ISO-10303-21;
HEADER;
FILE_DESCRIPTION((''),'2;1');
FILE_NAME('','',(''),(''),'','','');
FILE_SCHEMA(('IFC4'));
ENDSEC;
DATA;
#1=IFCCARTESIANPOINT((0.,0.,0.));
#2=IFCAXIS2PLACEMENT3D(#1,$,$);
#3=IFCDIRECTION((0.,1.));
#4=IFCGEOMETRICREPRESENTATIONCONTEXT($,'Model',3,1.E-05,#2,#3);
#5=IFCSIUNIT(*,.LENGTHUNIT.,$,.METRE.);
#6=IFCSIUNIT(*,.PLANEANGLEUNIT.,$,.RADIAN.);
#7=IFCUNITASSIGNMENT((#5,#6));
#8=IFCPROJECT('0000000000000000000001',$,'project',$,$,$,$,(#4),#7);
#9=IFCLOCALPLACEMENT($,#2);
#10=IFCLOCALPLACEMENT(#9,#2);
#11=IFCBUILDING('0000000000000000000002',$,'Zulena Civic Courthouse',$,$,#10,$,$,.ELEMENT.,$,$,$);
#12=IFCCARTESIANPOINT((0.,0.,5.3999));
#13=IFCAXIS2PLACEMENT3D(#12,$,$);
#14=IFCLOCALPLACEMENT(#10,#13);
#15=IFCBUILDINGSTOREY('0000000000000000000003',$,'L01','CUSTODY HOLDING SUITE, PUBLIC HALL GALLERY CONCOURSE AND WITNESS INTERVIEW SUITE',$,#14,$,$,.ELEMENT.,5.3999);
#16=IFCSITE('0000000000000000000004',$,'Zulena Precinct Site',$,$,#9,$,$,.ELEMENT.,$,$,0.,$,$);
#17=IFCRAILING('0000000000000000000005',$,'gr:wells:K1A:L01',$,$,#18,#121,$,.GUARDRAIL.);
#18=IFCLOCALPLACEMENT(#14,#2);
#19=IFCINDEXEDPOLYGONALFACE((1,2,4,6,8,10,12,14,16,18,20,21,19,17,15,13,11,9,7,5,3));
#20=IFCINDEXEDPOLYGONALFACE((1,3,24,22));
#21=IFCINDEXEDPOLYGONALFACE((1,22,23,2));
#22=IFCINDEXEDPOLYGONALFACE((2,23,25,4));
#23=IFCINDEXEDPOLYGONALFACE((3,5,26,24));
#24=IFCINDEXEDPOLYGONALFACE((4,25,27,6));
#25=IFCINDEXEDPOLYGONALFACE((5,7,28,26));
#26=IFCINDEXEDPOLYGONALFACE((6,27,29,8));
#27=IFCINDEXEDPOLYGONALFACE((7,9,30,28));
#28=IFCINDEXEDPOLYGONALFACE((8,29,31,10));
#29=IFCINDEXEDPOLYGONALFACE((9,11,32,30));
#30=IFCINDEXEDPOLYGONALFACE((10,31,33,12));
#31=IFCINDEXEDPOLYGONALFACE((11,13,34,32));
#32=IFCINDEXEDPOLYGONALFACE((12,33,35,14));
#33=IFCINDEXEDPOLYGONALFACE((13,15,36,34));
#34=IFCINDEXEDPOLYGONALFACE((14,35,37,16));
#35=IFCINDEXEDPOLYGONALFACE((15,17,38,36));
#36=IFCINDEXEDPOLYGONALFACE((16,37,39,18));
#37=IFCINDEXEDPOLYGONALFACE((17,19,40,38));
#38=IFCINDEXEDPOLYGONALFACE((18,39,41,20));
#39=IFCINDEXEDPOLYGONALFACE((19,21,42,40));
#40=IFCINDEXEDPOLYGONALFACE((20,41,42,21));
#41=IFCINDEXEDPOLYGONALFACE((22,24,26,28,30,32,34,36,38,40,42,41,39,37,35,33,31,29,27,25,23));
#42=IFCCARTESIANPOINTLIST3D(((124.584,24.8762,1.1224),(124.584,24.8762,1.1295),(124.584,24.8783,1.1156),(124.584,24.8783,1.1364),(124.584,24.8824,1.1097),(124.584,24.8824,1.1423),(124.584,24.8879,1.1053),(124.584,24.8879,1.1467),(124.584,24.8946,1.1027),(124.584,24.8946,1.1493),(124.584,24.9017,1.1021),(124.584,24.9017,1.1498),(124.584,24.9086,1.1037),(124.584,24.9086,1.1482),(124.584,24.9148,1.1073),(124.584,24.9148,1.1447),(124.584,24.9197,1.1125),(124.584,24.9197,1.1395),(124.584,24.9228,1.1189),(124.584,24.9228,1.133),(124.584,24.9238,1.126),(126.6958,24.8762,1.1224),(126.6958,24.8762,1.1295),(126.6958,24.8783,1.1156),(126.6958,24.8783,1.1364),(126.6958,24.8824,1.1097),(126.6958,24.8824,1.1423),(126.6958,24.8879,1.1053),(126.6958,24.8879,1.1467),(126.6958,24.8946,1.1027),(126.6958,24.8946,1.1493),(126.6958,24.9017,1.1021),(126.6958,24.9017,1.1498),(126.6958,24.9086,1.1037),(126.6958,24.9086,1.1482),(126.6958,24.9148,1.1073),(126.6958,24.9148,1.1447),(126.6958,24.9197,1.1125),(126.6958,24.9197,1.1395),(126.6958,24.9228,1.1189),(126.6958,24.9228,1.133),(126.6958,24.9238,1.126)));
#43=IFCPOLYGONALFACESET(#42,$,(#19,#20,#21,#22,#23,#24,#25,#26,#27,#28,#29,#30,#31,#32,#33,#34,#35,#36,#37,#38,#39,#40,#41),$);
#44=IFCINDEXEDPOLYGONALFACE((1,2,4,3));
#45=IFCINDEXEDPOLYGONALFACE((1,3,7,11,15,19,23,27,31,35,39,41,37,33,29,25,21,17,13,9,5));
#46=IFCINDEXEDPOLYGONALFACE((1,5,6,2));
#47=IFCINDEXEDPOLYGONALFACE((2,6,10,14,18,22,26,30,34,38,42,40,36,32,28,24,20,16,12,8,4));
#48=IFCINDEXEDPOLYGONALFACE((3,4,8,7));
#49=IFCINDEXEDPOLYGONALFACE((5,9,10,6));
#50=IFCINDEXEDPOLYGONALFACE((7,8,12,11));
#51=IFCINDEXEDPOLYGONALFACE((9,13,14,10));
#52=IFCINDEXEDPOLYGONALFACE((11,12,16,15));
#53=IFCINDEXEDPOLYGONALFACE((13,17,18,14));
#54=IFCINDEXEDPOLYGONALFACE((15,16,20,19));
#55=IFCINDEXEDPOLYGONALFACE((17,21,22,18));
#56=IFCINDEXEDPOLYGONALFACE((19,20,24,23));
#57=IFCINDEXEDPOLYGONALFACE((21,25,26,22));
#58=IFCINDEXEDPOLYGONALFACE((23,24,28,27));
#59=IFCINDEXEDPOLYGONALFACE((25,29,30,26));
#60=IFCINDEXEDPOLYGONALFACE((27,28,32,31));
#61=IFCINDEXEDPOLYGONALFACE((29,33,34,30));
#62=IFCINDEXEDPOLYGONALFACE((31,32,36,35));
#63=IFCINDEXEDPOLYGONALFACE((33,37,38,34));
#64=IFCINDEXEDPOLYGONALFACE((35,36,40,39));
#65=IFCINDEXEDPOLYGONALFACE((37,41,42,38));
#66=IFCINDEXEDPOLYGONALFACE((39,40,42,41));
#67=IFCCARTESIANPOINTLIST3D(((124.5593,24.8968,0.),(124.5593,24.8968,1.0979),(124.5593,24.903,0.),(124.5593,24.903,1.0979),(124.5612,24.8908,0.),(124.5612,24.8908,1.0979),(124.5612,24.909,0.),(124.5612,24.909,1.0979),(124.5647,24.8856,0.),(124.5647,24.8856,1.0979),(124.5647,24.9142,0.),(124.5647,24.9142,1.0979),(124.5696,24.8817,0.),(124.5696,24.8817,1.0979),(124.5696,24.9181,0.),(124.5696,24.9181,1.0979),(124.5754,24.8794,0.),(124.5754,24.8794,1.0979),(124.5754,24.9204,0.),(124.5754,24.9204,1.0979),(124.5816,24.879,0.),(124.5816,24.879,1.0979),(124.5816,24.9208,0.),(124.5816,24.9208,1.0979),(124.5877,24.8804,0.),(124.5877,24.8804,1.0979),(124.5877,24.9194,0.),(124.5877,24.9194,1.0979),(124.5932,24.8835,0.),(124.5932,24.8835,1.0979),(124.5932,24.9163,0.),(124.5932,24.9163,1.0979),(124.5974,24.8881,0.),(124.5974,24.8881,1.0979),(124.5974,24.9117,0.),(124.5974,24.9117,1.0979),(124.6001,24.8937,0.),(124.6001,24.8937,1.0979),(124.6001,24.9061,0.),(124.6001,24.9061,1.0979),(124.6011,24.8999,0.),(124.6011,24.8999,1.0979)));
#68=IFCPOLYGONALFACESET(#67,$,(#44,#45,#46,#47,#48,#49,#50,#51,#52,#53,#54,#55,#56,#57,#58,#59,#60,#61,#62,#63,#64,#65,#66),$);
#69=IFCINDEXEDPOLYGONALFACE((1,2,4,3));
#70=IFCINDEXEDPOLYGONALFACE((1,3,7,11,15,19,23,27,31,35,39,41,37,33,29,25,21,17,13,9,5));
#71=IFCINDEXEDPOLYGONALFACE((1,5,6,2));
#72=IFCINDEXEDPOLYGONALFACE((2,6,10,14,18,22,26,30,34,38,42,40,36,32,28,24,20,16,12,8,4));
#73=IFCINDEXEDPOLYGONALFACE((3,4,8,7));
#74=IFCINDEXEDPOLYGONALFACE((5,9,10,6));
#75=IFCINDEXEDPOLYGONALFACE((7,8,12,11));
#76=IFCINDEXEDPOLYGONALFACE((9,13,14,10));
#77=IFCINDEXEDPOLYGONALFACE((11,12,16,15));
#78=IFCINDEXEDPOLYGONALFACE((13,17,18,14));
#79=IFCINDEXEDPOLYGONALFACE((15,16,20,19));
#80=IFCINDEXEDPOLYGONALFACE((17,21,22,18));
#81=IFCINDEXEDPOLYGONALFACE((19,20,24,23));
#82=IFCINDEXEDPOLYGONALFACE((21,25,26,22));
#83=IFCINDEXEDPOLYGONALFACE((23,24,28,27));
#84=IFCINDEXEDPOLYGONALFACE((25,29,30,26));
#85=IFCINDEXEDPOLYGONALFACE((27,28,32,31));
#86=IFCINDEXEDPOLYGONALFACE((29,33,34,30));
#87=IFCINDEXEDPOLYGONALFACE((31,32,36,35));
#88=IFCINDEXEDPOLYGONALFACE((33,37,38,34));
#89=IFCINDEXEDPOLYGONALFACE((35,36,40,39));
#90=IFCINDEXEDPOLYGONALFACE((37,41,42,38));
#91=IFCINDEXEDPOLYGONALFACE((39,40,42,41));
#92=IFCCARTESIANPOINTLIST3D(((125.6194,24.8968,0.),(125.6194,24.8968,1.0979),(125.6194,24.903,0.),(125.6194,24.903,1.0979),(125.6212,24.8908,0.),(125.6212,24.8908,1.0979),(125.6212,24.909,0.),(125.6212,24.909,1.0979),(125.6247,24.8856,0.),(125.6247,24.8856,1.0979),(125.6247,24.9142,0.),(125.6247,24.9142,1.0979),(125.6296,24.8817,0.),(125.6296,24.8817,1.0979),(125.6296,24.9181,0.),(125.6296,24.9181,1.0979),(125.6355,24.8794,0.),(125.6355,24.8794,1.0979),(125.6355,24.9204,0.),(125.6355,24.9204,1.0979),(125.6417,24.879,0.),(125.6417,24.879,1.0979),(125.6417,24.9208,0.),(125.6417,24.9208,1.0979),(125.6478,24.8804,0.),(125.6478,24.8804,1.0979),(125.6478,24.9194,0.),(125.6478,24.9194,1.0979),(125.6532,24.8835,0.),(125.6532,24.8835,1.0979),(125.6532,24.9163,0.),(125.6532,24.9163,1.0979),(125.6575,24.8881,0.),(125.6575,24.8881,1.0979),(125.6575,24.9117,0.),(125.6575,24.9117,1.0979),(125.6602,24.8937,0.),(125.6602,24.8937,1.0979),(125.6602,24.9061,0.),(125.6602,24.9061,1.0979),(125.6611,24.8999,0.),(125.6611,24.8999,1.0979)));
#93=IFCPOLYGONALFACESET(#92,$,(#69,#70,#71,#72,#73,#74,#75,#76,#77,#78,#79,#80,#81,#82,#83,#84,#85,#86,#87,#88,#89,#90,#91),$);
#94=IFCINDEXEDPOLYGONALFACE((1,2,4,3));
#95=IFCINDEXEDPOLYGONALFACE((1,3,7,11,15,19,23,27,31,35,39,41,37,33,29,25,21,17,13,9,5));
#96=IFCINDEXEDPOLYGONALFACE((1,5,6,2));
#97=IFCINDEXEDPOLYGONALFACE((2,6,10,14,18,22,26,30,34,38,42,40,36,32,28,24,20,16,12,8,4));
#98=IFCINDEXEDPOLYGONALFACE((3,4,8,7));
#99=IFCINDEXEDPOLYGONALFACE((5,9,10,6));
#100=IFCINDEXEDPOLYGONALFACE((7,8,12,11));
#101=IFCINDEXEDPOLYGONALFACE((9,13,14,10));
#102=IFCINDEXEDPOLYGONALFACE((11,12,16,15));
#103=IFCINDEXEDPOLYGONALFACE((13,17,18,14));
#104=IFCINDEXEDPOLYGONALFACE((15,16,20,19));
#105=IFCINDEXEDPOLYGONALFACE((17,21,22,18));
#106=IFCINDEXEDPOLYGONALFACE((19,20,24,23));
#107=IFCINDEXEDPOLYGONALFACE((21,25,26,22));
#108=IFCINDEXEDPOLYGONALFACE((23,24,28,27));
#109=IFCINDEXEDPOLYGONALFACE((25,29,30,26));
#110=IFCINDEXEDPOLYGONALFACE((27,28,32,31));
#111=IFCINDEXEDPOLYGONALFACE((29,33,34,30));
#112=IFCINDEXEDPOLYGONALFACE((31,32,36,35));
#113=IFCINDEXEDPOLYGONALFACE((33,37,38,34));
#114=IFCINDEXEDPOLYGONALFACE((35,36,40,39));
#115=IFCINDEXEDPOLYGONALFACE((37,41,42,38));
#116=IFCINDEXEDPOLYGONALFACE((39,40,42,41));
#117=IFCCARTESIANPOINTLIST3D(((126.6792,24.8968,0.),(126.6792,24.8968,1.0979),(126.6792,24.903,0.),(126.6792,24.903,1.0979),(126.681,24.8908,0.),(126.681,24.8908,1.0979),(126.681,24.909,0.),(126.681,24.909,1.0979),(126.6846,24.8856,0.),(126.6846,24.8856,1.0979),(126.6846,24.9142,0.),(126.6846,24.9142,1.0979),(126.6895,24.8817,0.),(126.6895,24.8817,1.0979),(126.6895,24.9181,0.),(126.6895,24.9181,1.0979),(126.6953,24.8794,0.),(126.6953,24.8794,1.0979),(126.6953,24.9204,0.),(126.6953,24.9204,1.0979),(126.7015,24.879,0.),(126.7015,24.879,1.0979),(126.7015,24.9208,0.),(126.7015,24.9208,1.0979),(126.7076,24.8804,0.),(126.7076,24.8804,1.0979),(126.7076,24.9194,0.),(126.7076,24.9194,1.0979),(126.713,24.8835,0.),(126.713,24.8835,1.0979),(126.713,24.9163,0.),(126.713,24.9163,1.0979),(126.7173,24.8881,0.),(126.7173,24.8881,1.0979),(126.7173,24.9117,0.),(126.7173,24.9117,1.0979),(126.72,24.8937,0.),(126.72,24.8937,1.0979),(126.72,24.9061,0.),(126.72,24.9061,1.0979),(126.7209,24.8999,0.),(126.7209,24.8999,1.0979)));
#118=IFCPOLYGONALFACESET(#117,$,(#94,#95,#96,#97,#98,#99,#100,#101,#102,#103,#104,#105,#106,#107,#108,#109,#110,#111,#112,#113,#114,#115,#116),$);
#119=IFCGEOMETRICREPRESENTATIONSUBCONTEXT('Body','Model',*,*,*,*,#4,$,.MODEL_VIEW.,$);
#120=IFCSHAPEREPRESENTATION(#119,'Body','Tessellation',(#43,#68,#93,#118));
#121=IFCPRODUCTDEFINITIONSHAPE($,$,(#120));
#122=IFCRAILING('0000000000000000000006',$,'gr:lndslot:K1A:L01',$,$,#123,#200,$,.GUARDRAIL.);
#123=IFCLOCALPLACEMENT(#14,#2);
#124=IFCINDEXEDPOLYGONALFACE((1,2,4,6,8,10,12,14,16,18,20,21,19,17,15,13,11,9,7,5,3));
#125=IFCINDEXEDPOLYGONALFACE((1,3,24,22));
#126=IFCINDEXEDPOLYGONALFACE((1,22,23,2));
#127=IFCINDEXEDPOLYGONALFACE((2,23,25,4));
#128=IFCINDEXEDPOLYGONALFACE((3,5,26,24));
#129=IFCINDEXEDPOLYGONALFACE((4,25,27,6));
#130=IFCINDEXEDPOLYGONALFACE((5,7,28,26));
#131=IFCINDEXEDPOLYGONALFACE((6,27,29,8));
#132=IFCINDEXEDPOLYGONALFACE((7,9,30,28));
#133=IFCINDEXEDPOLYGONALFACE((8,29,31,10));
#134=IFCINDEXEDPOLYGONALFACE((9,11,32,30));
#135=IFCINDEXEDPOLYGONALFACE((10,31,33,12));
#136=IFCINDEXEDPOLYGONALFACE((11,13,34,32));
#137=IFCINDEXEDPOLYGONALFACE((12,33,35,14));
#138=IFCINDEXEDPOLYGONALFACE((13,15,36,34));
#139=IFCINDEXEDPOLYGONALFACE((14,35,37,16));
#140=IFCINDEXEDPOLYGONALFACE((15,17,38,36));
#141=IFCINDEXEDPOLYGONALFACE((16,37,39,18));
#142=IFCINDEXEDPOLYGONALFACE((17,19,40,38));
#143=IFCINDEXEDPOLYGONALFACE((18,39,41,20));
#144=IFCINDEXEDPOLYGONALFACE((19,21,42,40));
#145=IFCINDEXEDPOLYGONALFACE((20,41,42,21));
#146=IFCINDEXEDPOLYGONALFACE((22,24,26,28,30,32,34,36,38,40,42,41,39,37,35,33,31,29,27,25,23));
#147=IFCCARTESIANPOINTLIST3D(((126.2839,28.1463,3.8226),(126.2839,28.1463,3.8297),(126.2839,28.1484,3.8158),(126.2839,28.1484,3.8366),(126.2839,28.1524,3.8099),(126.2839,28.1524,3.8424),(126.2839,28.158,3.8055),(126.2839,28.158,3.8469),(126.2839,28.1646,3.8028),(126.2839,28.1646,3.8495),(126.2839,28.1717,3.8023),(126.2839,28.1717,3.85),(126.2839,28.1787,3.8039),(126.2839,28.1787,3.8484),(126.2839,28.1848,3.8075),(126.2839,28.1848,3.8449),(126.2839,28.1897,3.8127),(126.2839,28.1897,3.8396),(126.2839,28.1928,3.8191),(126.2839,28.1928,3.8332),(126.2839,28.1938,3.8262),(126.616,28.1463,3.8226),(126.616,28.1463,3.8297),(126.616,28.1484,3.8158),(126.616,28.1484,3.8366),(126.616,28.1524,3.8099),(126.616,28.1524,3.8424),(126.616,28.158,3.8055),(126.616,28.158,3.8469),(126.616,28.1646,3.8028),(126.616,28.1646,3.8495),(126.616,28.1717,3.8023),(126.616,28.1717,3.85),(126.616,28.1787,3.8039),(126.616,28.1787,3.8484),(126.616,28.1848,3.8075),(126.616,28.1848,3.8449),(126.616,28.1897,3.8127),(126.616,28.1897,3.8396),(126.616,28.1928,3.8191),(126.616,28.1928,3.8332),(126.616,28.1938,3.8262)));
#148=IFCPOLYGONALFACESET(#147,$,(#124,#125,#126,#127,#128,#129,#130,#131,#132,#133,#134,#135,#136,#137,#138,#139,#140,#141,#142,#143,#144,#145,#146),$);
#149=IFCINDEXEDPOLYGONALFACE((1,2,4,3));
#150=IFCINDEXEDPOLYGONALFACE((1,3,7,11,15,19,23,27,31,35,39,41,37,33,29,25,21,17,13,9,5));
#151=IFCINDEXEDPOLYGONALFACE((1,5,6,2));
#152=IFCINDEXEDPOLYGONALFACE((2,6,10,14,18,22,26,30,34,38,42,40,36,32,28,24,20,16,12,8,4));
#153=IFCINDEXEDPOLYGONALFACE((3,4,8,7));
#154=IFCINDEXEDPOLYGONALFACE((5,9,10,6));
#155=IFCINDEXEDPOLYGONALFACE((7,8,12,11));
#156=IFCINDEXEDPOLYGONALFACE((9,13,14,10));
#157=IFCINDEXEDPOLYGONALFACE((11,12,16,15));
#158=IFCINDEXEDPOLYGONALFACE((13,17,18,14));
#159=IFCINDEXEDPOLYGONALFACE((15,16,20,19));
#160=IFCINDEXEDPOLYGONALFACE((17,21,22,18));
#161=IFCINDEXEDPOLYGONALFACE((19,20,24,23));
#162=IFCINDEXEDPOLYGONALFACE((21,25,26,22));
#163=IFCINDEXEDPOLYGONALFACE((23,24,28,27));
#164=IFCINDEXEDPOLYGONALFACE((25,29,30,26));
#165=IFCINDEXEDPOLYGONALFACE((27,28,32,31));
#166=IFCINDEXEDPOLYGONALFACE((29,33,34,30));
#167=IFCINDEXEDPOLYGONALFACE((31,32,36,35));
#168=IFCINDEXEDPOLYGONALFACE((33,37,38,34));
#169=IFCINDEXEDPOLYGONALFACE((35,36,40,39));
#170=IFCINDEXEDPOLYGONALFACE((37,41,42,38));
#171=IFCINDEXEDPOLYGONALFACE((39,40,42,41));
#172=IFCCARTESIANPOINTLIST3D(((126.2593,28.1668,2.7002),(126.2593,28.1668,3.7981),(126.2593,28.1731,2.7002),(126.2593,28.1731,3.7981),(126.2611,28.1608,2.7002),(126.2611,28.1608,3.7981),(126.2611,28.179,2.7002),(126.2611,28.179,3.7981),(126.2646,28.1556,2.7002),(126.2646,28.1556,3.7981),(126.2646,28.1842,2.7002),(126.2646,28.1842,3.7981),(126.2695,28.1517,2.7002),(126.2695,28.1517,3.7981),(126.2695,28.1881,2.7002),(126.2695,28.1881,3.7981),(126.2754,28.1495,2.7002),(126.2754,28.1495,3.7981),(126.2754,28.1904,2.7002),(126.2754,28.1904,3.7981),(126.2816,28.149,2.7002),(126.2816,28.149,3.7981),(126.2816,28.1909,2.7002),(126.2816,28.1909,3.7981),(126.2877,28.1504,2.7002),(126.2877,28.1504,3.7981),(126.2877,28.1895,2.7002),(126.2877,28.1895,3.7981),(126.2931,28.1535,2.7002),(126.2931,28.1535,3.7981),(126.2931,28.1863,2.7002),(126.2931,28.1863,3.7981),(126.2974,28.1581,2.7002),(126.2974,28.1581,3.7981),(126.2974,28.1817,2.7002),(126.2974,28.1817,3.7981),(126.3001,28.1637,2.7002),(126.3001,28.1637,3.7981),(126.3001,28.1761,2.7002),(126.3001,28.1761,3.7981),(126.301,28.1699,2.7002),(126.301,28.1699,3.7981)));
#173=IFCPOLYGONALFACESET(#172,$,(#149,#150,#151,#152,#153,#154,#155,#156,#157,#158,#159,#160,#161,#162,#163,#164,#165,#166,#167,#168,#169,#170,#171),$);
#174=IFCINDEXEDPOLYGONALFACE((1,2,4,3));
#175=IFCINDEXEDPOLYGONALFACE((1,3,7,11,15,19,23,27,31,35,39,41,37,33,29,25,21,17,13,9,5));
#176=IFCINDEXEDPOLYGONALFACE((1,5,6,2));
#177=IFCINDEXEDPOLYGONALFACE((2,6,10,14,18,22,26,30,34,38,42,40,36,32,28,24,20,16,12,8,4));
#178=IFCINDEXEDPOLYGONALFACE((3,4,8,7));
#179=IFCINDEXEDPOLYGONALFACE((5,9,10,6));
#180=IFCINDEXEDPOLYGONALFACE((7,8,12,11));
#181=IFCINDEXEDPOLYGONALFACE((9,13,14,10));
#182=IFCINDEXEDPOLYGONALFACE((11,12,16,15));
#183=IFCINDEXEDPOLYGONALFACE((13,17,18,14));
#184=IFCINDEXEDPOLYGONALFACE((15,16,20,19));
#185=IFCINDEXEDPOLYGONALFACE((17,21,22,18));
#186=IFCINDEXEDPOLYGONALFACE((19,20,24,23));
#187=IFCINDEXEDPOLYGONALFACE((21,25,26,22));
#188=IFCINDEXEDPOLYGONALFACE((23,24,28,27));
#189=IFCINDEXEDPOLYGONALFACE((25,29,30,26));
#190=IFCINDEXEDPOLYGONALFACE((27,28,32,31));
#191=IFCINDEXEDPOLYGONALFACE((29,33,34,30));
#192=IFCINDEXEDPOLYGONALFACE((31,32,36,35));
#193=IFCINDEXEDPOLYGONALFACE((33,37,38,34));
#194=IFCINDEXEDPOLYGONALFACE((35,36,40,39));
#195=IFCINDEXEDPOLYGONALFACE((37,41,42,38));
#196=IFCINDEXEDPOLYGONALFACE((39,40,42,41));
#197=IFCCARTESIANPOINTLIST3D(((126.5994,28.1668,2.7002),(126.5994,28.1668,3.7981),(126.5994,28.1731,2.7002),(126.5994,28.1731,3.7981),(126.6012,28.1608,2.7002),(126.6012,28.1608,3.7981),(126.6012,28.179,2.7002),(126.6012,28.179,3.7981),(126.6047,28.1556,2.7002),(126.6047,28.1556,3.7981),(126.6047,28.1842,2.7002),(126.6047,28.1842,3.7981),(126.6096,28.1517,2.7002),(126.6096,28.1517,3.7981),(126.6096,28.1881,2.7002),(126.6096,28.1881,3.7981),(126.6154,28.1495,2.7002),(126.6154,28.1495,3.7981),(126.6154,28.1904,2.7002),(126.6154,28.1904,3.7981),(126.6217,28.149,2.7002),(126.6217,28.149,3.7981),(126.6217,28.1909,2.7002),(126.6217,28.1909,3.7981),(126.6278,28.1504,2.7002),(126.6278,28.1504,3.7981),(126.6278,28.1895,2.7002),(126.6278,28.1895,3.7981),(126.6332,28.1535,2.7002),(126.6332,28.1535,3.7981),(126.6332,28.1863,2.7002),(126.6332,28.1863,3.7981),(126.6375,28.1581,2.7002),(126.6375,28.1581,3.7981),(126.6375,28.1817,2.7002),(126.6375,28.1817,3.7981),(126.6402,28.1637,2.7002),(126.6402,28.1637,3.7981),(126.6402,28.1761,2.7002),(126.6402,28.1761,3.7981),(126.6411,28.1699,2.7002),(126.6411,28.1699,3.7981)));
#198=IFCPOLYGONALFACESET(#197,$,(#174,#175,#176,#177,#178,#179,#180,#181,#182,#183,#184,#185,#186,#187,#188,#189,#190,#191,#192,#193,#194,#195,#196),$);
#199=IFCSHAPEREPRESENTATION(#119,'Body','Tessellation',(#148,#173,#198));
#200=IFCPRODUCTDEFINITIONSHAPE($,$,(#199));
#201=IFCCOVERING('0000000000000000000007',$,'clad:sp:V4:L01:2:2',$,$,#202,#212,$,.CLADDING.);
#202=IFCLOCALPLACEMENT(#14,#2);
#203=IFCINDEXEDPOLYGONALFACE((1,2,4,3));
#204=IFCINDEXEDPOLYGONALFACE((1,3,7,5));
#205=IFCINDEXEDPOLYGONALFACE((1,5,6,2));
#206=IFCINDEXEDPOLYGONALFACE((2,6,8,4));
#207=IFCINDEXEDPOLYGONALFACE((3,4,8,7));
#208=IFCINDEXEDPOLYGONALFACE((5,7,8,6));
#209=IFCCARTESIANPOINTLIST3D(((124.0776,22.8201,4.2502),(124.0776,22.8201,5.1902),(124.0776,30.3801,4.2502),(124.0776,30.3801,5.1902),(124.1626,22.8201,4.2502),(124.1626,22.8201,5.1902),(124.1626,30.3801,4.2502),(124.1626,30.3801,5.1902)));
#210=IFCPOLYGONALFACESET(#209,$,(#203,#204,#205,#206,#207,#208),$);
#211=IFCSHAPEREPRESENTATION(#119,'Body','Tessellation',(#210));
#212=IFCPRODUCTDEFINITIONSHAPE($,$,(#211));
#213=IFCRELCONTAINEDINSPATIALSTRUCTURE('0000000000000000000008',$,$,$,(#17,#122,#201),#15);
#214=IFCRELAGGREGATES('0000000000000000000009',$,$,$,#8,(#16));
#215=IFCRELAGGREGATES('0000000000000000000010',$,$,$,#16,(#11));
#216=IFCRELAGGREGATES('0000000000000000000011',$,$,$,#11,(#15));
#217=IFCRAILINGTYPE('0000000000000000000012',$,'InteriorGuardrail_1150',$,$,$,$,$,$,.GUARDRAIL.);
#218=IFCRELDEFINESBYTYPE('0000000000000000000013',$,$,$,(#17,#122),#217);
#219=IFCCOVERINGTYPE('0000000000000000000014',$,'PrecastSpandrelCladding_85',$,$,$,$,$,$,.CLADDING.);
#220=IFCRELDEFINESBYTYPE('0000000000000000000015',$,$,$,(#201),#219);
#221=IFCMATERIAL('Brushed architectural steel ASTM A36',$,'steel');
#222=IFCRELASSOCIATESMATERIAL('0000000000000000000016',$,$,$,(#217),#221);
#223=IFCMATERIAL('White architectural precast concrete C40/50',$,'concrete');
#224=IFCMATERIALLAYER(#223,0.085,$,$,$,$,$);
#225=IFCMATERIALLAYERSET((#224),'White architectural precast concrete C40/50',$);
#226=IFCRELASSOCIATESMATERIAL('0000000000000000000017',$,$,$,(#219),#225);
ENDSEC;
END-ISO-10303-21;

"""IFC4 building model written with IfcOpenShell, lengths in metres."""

from ifc_helpers import new_model, si_unit, direction, frame, origin, origin_2d, place, context, subcontext, project, spatial, rectangle, circle, extrude, material, layer, layer_set, type_object, element, save


model = new_model("IFC4")

# Units and contexts
model_context = context("Model", 3, precision=1e-05, world=origin(), true_north=direction((0.0, 1.0)))
body_context = subcontext(model_context, "Body", "Model", "MODEL_VIEW")
ifc_project = project(units=[si_unit("LENGTHUNIT", "METRE"), si_unit("PLANEANGLEUNIT", "RADIAN")], contexts=[model_context])

# Site, building, storey
site_placement = place(None, origin())
site = spatial("IfcSite", under=ifc_project, at=site_placement, Name="Zulena Precinct Site", CompositionType="ELEMENT", RefElevation=0.0)
building_placement = place(site_placement, origin())
building = spatial("IfcBuilding", under=site, at=building_placement, Name="Zulena Civic Courthouse", CompositionType="ELEMENT")
storey_placement = place(building_placement, frame((0.0, 0.0, 5.3999)))
storey = spatial("IfcBuildingStorey", under=building, at=storey_placement, Name="L01", Description="CUSTODY HOLDING SUITE, PUBLIC HALL GALLERY CONCOURSE AND WITNESS INTERVIEW SUITE", CompositionType="ELEMENT", Elevation=5.3999)

# Railings
ifc_material_1 = material(Name="Brushed architectural steel ASTM A36", Category="steel")
railing_type_1 = type_object("IfcRailingType", Name="InteriorGuardrail_1150", PredefinedType="GUARDRAIL", material=ifc_material_1)
railing_1_placement = place(storey_placement, frame((124.5801, 24.8999, 0.0)))
element("IfcRailing", 1, at=railing_1_placement, inside=storey, type_object=railing_type_1, Name="gr:wells:K1A:L01", PredefinedType="GUARDRAIL", context=body_context, shape_type="SweptSolid", body=[
    extrude(circle(Radius=0.0239, at=origin_2d()), frame((0.0039, 0.0, 1.126), z_axis=(1.0, 0.0, 0.0), x_axis=(0.0, 1.0, 0.0)), (0.0, 0.0, 1.0), 2.1118),
    extrude(circle(Radius=0.021, at=origin_2d()), origin(), (0.0, 0.0, 1.0), 1.0979),
    extrude(circle(Radius=0.021, at=origin_2d()), frame((1.0601, 0.0, 0.0)), (0.0, 0.0, 1.0), 1.0979),
    extrude(circle(Radius=0.021, at=origin_2d()), frame((2.1199, 0.0, 0.0)), (0.0, 0.0, 1.0), 1.0979),
])
railing_2_placement = place(storey_placement, frame((126.28, 28.1699, 2.7002)))
element("IfcRailing", 2, at=railing_2_placement, inside=storey, type_object=railing_type_1, Name="gr:lndslot:K1A:L01", PredefinedType="GUARDRAIL", context=body_context, shape_type="SweptSolid", body=[
    extrude(circle(Radius=0.0239, at=origin_2d()), frame((0.0039, 0.0, 1.126), z_axis=(1.0, 0.0, 0.0), x_axis=(0.0, 1.0, 0.0)), (0.0, 0.0, 1.0), 0.332),
    extrude(circle(Radius=0.021, at=origin_2d()), origin(), (0.0, 0.0, 1.0), 1.0979),
    extrude(circle(Radius=0.021, at=origin_2d()), frame((0.3401, 0.0, 0.0)), (0.0, 0.0, 1.0), 1.0979),
])

# Covering
ifc_material_2 = material(Name="White architectural precast concrete C40/50", Category="concrete")
ifc_layer_1 = layer(ifc_material_2, 0.085)
ifc_layer_set_1 = layer_set([ifc_layer_1], Name="White architectural precast concrete C40/50")
covering_type = type_object("IfcCoveringType", Name="PrecastSpandrelCladding_85", PredefinedType="CLADDING", material=ifc_layer_set_1)
covering_placement = place(storey_placement, frame((124.1201, 26.6001, 4.2502), z_axis=(0.0, 0.0, 1.0), x_axis=(0.0, -1.0, 0.0)))
element("IfcCovering", 3, at=covering_placement, inside=storey, type_object=covering_type, Name="clad:sp:V4:L01:2:2", PredefinedType="CLADDING", context=body_context, shape_type="SweptSolid", body=[
    extrude(rectangle(XDim=7.5601, YDim=0.085, at=origin_2d()), origin(), (0.0, 0.0, 1.0), 0.9399),
])

save(model, "model.ifc")
